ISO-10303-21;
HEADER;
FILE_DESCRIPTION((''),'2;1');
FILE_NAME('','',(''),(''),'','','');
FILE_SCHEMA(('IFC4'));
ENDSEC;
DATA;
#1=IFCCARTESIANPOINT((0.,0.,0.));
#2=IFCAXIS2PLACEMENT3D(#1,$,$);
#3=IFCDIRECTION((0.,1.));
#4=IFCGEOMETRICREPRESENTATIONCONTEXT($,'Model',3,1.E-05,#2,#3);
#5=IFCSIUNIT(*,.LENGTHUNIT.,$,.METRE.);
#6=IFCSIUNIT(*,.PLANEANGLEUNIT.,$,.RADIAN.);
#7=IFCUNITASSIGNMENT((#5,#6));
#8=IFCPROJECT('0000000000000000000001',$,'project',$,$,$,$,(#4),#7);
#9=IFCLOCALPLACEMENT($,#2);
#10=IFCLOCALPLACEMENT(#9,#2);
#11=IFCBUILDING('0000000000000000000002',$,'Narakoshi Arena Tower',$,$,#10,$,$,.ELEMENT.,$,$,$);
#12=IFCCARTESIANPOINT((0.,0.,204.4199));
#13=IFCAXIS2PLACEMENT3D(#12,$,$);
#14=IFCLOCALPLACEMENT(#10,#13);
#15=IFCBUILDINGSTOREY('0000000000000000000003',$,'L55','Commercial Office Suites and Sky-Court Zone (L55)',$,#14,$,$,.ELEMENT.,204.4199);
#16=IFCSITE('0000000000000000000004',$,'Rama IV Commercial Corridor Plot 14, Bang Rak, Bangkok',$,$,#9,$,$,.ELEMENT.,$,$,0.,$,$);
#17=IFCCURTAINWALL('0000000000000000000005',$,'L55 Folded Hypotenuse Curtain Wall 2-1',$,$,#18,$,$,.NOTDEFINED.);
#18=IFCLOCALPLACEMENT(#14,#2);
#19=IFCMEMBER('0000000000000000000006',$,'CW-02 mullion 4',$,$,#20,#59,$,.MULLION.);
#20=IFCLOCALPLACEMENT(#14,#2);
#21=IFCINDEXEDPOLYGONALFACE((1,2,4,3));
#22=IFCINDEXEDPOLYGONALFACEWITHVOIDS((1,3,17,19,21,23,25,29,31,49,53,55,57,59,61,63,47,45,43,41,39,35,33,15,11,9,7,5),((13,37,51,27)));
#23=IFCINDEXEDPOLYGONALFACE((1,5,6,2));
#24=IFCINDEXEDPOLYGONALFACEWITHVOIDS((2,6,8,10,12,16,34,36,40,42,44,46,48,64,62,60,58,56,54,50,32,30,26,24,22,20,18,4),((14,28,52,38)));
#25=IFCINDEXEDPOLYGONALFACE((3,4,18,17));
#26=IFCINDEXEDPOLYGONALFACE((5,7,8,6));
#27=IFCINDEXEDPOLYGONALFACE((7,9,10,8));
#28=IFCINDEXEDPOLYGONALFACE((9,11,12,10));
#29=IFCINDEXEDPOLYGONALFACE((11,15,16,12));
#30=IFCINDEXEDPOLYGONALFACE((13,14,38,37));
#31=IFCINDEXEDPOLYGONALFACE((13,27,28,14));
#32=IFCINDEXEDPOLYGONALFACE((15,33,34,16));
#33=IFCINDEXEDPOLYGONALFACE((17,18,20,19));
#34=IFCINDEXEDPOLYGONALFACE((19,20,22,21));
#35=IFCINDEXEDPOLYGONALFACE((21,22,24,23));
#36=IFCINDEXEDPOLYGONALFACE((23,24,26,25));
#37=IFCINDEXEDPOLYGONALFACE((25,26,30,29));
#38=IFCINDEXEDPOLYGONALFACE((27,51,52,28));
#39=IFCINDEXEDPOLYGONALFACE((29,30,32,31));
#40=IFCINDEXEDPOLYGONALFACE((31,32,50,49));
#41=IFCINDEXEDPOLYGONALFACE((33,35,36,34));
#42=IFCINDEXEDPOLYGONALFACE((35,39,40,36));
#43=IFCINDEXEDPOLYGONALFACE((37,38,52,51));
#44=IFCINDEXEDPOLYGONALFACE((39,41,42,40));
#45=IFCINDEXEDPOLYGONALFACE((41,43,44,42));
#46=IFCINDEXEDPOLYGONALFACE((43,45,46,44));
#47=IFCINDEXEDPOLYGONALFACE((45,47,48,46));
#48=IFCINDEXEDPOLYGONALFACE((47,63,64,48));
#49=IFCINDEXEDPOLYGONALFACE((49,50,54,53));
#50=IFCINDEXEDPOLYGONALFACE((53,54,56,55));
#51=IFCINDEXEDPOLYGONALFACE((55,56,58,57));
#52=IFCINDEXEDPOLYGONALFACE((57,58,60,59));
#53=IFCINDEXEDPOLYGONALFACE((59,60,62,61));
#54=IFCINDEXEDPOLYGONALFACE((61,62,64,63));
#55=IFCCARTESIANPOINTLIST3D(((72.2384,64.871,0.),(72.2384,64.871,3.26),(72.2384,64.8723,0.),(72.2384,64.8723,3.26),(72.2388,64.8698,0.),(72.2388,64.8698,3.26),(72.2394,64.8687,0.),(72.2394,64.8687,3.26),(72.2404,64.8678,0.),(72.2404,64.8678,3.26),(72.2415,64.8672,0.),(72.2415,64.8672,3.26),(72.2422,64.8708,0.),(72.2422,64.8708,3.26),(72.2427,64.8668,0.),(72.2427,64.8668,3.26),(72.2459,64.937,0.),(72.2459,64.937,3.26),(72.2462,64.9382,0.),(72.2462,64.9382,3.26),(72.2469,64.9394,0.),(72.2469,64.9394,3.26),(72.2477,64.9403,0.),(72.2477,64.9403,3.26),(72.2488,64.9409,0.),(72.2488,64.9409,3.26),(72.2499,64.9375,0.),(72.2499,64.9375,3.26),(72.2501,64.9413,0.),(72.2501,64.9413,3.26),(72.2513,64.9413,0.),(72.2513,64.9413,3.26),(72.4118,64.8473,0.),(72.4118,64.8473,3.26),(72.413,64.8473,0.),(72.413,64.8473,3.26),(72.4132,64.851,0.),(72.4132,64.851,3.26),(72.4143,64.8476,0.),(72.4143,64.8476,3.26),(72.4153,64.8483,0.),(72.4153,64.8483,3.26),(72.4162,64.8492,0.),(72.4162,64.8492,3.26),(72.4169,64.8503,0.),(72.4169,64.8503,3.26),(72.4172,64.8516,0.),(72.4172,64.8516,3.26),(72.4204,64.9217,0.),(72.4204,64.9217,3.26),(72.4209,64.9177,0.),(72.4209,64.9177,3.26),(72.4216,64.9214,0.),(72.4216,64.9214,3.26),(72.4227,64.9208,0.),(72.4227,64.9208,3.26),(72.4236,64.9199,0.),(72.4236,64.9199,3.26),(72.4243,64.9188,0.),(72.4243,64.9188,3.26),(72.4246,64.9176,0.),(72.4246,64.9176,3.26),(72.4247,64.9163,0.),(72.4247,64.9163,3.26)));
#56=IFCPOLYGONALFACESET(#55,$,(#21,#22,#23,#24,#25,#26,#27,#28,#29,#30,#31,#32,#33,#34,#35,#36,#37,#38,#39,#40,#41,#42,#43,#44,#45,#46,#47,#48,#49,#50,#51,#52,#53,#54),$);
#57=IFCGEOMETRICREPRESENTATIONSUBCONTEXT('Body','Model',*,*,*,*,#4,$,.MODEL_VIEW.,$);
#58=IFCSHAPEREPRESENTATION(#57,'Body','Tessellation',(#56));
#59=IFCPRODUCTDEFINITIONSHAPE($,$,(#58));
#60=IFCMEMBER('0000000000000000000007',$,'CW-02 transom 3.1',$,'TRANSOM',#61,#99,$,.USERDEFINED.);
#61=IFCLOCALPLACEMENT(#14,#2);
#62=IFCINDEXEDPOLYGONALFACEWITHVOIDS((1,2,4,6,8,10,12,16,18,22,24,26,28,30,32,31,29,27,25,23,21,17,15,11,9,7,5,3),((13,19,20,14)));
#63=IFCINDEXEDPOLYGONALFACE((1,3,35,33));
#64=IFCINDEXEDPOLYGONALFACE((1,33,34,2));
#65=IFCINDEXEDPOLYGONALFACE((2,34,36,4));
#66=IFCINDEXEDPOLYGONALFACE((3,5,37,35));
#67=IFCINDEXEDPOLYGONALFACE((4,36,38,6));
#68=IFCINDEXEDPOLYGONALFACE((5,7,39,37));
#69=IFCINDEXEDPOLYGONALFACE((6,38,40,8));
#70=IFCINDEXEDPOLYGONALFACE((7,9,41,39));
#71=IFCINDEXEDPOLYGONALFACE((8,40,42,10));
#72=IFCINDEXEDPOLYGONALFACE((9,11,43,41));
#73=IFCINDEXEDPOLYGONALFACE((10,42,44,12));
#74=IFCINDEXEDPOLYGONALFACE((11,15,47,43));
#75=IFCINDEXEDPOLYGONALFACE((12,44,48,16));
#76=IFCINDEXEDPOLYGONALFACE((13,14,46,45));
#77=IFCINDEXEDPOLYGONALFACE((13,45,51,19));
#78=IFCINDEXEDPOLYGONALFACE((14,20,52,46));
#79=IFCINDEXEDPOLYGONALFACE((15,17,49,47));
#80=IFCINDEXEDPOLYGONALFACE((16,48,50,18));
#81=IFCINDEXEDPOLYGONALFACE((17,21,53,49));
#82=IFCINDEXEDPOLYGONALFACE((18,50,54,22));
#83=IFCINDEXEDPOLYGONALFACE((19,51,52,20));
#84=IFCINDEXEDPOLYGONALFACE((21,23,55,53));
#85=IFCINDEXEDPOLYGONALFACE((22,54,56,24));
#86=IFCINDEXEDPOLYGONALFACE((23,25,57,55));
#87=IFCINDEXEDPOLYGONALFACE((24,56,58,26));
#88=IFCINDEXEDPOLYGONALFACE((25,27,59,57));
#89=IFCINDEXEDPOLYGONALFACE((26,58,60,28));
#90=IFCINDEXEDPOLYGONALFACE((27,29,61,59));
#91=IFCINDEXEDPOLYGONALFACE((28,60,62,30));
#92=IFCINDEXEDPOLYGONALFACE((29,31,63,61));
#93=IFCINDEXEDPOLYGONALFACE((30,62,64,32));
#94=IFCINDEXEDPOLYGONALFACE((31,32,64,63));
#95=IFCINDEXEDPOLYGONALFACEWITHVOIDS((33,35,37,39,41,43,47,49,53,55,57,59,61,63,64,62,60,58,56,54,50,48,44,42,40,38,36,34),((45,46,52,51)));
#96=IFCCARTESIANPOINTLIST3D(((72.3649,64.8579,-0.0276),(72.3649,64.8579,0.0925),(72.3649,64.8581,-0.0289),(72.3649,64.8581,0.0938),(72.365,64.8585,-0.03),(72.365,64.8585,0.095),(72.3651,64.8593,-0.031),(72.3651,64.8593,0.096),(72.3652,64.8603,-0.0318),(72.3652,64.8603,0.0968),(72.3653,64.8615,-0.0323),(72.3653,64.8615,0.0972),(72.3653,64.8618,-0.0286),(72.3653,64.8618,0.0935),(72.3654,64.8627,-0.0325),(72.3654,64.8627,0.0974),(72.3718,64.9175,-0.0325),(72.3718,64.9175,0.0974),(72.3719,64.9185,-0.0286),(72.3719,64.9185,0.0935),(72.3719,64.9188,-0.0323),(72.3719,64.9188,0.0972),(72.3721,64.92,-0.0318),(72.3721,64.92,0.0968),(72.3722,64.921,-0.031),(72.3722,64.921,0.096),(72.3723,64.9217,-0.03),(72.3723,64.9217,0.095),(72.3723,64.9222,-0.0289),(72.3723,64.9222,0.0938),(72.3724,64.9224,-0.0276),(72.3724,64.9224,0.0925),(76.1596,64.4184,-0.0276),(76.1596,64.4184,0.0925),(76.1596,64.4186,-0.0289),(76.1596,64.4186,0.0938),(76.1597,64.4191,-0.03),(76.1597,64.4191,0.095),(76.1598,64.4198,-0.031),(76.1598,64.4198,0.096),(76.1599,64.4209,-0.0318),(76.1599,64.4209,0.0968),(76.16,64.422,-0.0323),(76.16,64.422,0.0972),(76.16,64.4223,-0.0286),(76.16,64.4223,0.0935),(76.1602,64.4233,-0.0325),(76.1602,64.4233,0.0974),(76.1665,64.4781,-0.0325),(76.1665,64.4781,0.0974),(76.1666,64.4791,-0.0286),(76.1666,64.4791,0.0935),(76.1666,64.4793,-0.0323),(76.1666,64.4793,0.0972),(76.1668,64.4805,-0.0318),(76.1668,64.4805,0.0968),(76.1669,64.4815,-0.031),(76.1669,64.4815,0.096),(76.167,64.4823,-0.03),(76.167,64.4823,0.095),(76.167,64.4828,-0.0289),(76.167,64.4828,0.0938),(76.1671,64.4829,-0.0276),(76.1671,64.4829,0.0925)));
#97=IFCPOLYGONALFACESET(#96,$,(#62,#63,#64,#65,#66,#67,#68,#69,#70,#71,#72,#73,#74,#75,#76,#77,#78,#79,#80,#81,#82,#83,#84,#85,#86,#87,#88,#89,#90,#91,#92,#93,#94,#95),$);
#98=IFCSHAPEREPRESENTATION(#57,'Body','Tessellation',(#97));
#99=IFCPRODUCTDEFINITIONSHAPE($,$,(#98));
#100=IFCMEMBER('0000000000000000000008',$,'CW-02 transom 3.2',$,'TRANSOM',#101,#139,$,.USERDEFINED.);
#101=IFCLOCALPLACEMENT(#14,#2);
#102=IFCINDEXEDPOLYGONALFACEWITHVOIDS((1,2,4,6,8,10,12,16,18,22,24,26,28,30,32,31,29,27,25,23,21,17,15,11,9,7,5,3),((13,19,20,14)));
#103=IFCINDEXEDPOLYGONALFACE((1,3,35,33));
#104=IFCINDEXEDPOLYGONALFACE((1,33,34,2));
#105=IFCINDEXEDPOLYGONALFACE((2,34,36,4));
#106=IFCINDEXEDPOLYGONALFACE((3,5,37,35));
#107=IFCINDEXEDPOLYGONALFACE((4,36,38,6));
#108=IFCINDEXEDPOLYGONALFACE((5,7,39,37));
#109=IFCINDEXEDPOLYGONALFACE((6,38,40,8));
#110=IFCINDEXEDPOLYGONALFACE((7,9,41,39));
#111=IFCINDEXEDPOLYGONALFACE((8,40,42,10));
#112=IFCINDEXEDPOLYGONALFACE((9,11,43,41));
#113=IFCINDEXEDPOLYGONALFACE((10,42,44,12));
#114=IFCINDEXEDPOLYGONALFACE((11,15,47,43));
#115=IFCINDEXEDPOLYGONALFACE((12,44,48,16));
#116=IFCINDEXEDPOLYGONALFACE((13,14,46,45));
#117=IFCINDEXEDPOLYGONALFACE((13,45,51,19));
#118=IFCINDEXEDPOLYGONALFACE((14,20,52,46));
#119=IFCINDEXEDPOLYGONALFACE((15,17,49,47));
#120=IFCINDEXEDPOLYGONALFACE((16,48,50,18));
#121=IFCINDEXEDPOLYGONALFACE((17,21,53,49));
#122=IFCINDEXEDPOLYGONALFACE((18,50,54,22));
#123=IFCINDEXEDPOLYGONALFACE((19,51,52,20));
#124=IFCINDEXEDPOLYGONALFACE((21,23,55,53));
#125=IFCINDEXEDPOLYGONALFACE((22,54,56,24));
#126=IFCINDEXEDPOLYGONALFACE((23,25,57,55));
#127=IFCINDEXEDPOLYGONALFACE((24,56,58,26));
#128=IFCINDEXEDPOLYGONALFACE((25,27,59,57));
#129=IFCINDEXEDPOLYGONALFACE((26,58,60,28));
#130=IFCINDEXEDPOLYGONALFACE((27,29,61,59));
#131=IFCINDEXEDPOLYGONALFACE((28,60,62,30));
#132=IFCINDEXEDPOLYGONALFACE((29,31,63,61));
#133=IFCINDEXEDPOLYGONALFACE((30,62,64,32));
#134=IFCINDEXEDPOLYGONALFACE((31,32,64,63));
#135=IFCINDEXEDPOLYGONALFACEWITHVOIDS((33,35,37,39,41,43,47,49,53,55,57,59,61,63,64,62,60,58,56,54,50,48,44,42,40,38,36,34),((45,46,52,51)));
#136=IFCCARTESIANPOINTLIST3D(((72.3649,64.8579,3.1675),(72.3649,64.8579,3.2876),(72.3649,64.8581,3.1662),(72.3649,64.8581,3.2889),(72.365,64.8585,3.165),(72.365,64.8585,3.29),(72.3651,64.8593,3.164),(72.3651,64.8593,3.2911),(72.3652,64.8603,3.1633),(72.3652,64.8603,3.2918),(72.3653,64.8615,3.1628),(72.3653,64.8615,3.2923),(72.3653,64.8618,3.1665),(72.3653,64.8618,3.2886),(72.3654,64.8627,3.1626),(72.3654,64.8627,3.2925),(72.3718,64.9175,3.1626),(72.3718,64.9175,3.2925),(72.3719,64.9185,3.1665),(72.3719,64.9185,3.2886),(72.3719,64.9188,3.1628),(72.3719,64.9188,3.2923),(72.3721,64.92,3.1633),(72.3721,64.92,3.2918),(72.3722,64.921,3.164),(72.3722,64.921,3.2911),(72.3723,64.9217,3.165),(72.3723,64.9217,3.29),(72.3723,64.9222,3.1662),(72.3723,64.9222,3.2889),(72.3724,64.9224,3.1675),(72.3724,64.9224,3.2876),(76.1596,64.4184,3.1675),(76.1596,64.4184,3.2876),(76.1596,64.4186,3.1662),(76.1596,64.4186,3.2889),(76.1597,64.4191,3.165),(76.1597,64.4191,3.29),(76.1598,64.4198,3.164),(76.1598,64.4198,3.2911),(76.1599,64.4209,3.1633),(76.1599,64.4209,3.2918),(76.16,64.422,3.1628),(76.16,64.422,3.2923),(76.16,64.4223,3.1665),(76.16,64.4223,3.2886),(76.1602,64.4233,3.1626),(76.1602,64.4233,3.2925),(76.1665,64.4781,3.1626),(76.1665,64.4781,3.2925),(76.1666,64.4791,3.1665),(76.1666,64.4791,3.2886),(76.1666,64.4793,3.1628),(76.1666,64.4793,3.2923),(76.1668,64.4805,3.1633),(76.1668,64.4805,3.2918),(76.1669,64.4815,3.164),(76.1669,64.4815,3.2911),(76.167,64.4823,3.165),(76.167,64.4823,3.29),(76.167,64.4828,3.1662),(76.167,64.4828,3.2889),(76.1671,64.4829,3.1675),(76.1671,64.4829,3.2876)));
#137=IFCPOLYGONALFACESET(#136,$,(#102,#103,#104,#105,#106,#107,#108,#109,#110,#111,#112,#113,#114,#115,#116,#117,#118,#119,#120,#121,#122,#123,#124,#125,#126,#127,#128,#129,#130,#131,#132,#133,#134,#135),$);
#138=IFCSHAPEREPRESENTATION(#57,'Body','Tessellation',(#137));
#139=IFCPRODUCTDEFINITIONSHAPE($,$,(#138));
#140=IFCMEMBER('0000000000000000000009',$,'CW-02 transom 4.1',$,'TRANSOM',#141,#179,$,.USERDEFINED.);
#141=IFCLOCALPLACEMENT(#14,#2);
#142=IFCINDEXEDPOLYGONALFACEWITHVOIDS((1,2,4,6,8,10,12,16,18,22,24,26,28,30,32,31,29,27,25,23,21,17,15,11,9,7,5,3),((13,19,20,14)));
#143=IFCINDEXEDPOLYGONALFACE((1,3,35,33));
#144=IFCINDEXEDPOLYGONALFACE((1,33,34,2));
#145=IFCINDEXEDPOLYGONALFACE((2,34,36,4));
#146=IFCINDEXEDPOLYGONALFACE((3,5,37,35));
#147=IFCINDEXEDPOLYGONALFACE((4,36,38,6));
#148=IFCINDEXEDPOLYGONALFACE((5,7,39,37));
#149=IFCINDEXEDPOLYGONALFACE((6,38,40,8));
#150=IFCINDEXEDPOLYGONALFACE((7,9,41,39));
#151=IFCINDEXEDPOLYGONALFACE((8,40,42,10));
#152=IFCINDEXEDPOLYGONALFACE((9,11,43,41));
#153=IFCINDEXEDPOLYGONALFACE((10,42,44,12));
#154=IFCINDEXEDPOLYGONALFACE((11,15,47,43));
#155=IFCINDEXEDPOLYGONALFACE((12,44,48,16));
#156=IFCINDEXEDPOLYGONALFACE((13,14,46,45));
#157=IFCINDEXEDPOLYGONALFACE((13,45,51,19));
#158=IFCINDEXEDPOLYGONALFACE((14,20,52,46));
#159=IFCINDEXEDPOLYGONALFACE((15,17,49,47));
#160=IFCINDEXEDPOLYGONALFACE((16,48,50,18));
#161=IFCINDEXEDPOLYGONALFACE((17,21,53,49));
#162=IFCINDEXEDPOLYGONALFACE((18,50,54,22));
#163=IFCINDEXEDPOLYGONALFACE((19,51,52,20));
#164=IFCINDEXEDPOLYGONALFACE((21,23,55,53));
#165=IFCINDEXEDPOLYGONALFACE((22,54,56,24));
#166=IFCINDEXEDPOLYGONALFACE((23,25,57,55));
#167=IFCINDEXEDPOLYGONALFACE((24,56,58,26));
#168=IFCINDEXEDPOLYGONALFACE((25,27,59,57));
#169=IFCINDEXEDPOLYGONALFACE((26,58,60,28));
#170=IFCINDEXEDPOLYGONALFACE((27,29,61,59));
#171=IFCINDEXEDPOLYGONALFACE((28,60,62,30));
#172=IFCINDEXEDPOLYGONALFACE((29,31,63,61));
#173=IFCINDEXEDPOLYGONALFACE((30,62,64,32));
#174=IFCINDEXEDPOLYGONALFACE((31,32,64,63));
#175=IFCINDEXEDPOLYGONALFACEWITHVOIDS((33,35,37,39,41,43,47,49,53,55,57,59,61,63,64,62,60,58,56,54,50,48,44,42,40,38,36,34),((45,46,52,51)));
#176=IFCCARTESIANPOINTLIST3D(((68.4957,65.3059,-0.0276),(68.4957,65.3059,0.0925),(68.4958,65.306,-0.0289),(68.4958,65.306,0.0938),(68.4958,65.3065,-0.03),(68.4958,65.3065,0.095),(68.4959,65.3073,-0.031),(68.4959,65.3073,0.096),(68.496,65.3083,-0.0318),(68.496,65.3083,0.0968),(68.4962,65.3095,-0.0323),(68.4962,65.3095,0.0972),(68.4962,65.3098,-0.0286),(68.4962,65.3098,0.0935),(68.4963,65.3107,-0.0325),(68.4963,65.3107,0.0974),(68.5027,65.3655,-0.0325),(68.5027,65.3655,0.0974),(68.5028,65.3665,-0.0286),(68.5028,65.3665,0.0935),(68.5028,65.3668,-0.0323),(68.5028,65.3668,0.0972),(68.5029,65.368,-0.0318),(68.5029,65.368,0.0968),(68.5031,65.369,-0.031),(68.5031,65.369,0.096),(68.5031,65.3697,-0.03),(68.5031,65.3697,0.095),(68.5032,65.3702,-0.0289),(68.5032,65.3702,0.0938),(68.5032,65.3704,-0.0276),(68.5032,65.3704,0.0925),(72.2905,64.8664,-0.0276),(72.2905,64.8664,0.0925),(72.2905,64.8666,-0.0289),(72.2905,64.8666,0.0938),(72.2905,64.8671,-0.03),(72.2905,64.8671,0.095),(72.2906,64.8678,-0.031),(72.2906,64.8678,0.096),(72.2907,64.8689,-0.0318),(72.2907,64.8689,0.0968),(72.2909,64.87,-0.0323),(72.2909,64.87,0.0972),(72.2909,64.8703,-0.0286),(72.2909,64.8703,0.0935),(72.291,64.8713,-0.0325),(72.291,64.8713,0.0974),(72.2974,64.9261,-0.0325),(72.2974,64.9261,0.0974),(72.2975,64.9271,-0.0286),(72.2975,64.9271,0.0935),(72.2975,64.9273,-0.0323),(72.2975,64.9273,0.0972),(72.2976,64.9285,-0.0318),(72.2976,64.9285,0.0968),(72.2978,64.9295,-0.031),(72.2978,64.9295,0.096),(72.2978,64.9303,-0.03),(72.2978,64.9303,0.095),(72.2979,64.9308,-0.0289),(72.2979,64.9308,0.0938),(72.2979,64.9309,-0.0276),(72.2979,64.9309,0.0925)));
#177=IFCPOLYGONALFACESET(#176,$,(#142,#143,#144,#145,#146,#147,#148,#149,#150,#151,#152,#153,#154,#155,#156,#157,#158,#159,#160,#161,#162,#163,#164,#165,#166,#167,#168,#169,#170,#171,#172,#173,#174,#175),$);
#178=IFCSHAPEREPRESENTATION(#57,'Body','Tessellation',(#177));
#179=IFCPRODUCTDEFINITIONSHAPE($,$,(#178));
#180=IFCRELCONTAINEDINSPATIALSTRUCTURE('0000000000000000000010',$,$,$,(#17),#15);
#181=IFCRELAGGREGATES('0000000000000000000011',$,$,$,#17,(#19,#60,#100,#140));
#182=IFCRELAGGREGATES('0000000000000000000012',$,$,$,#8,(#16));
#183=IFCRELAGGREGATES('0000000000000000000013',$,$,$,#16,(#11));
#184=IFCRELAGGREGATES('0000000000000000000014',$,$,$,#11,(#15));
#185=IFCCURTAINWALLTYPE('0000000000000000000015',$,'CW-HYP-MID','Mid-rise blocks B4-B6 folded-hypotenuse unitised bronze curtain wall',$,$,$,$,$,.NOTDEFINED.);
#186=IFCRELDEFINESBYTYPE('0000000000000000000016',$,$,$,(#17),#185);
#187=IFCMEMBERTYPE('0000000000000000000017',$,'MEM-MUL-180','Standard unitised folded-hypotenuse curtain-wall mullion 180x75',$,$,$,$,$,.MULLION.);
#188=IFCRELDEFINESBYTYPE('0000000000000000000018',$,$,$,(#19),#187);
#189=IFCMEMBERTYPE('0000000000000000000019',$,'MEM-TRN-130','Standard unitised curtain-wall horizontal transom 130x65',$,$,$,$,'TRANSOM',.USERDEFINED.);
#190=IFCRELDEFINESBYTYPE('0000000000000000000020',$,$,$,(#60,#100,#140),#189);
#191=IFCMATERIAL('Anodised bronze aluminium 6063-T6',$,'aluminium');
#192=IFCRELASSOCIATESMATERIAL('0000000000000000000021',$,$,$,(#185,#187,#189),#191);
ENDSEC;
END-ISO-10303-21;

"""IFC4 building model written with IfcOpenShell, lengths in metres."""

from ifc_helpers import new_model, si_unit, direction, frame, origin, origin_2d, place, context, subcontext, project, spatial, hollow_rectangle, extrude, material, material_profile, profile_set, type_object, element, aggregate, save


model = new_model("IFC4")

# Units and contexts
model_context = context("Model", 3, precision=1e-05, world=origin(), true_north=direction((0.0, 1.0)))
body_context = subcontext(model_context, "Body", "Model", "MODEL_VIEW")
ifc_project = project(units=[si_unit("LENGTHUNIT", "METRE"), si_unit("PLANEANGLEUNIT", "RADIAN")], contexts=[model_context])

# Site, building, storey
site_placement = place(None, origin())
site = spatial("IfcSite", under=ifc_project, at=site_placement, Name="Rama IV Commercial Corridor Plot 14, Bang Rak, Bangkok", CompositionType="ELEMENT", RefElevation=0.0)
building_placement = place(site_placement, origin())
building = spatial("IfcBuilding", under=site, at=building_placement, Name="Narakoshi Arena Tower", CompositionType="ELEMENT")
storey_placement = place(building_placement, frame((0.0, 0.0, 204.4199)))
storey = spatial("IfcBuildingStorey", under=building, at=storey_placement, Name="L55", Description="Commercial Office Suites and Sky-Court Zone (L55)", CompositionType="ELEMENT", Elevation=204.4199)

# Curtain wall, members
ifc_material_1 = material(Name="Anodised bronze aluminium 6063-T6", Category="aluminium")
curtain_wall_type = type_object("IfcCurtainWallType", Name="CW-HYP-MID", Description="Mid-rise blocks B4-B6 folded-hypotenuse unitised bronze curtain wall", PredefinedType="NOTDEFINED", material=ifc_material_1)
curtain_wall_placement = place(storey_placement, origin())
curtain_wall = element("IfcCurtainWall", 1, at=curtain_wall_placement, inside=storey, type_object=curtain_wall_type, Name="L55 Folded Hypotenuse Curtain Wall 2-1", PredefinedType="NOTDEFINED")
ifc_material_profile_1 = material_profile(ifc_material_1, hollow_rectangle(XDim=0.075, YDim=0.1799, WallThickness=0.0039, OuterFilletRadius=0.0049, at=origin_2d()), Name="MUL180x75x4")
ifc_profile_set_1 = profile_set([ifc_material_profile_1], Name="Anodised bronze aluminium 6063-T6")
member_type_1 = type_object("IfcMemberType", Name="MEM-MUL-180", Description="Standard unitised folded-hypotenuse curtain-wall mullion 180x75", PredefinedType="MULLION", material=ifc_profile_set_1)
member_1_placement = place(storey_placement, frame((72.3315, 64.8943, 0.0), z_axis=(0.0, 0.0, 1.0), x_axis=(-0.115011, -0.993364, 0.0)))
member_1 = element("IfcMember", 2, at=member_1_placement, type_object=member_type_1, Name="CW-02 mullion 4", PredefinedType="MULLION", context=body_context, shape_type="SweptSolid", body=[
    extrude(hollow_rectangle(XDim=0.075, YDim=0.1799, WallThickness=0.0039, OuterFilletRadius=0.0049, at=origin_2d()), origin(), (0.0, 0.0, 1.0), 3.26),
])
ifc_material_profile_2 = material_profile(ifc_material_1, hollow_rectangle(XDim=0.0649, YDim=0.1299, WallThickness=0.0039, OuterFilletRadius=0.0049, at=origin_2d()), Name="TRN130x65x4")
ifc_profile_set_2 = profile_set([ifc_material_profile_2], Name="Anodised bronze aluminium 6063-T6")
member_type_2 = type_object("IfcMemberType", Name="MEM-TRN-130", Description="Standard unitised curtain-wall horizontal transom 130x65", ElementType="TRANSOM", PredefinedType="USERDEFINED", material=ifc_profile_set_2)
member_2_placement = place(storey_placement, frame((76.1633, 64.4507, 0.0325), z_axis=(-0.993361, 0.115039, 0.0), x_axis=(-0.115039, -0.993361, 0.0)))
member_2 = element("IfcMember", 3, at=member_2_placement, type_object=member_type_2, Name="CW-02 transom 3.1", ObjectType="TRANSOM", PredefinedType="USERDEFINED", context=body_context, shape_type="SweptSolid", body=[
    extrude(hollow_rectangle(XDim=0.0649, YDim=0.1299, WallThickness=0.0039, OuterFilletRadius=0.0049, at=origin_2d()), origin(), (0.0, 0.0, 1.0), 3.8201),
])
member_3_placement = place(storey_placement, frame((76.1633, 64.4507, 3.2275), z_axis=(-0.993361, 0.115039, 0.0), x_axis=(-0.115039, -0.993361, 0.0)))
member_3 = element("IfcMember", 4, at=member_3_placement, type_object=member_type_2, Name="CW-02 transom 3.2", ObjectType="TRANSOM", PredefinedType="USERDEFINED", context=body_context, shape_type="SweptSolid", body=[
    extrude(hollow_rectangle(XDim=0.0649, YDim=0.1299, WallThickness=0.0039, OuterFilletRadius=0.0049, at=origin_2d()), origin(), (0.0, 0.0, 1.0), 3.8201),
])
member_4_placement = place(storey_placement, frame((72.2942, 64.8987, 0.0325), z_axis=(-0.993361, 0.115039, 0.0), x_axis=(-0.115039, -0.993361, 0.0)))
member_4 = element("IfcMember", 5, at=member_4_placement, type_object=member_type_2, Name="CW-02 transom 4.1", ObjectType="TRANSOM", PredefinedType="USERDEFINED", context=body_context, shape_type="SweptSolid", body=[
    extrude(hollow_rectangle(XDim=0.0649, YDim=0.1299, WallThickness=0.0039, OuterFilletRadius=0.0049, at=origin_2d()), origin(), (0.0, 0.0, 1.0), 3.8201),
])
aggregate(curtain_wall, [member_1, member_2, member_3, member_4])

save(model, "model.ifc")
